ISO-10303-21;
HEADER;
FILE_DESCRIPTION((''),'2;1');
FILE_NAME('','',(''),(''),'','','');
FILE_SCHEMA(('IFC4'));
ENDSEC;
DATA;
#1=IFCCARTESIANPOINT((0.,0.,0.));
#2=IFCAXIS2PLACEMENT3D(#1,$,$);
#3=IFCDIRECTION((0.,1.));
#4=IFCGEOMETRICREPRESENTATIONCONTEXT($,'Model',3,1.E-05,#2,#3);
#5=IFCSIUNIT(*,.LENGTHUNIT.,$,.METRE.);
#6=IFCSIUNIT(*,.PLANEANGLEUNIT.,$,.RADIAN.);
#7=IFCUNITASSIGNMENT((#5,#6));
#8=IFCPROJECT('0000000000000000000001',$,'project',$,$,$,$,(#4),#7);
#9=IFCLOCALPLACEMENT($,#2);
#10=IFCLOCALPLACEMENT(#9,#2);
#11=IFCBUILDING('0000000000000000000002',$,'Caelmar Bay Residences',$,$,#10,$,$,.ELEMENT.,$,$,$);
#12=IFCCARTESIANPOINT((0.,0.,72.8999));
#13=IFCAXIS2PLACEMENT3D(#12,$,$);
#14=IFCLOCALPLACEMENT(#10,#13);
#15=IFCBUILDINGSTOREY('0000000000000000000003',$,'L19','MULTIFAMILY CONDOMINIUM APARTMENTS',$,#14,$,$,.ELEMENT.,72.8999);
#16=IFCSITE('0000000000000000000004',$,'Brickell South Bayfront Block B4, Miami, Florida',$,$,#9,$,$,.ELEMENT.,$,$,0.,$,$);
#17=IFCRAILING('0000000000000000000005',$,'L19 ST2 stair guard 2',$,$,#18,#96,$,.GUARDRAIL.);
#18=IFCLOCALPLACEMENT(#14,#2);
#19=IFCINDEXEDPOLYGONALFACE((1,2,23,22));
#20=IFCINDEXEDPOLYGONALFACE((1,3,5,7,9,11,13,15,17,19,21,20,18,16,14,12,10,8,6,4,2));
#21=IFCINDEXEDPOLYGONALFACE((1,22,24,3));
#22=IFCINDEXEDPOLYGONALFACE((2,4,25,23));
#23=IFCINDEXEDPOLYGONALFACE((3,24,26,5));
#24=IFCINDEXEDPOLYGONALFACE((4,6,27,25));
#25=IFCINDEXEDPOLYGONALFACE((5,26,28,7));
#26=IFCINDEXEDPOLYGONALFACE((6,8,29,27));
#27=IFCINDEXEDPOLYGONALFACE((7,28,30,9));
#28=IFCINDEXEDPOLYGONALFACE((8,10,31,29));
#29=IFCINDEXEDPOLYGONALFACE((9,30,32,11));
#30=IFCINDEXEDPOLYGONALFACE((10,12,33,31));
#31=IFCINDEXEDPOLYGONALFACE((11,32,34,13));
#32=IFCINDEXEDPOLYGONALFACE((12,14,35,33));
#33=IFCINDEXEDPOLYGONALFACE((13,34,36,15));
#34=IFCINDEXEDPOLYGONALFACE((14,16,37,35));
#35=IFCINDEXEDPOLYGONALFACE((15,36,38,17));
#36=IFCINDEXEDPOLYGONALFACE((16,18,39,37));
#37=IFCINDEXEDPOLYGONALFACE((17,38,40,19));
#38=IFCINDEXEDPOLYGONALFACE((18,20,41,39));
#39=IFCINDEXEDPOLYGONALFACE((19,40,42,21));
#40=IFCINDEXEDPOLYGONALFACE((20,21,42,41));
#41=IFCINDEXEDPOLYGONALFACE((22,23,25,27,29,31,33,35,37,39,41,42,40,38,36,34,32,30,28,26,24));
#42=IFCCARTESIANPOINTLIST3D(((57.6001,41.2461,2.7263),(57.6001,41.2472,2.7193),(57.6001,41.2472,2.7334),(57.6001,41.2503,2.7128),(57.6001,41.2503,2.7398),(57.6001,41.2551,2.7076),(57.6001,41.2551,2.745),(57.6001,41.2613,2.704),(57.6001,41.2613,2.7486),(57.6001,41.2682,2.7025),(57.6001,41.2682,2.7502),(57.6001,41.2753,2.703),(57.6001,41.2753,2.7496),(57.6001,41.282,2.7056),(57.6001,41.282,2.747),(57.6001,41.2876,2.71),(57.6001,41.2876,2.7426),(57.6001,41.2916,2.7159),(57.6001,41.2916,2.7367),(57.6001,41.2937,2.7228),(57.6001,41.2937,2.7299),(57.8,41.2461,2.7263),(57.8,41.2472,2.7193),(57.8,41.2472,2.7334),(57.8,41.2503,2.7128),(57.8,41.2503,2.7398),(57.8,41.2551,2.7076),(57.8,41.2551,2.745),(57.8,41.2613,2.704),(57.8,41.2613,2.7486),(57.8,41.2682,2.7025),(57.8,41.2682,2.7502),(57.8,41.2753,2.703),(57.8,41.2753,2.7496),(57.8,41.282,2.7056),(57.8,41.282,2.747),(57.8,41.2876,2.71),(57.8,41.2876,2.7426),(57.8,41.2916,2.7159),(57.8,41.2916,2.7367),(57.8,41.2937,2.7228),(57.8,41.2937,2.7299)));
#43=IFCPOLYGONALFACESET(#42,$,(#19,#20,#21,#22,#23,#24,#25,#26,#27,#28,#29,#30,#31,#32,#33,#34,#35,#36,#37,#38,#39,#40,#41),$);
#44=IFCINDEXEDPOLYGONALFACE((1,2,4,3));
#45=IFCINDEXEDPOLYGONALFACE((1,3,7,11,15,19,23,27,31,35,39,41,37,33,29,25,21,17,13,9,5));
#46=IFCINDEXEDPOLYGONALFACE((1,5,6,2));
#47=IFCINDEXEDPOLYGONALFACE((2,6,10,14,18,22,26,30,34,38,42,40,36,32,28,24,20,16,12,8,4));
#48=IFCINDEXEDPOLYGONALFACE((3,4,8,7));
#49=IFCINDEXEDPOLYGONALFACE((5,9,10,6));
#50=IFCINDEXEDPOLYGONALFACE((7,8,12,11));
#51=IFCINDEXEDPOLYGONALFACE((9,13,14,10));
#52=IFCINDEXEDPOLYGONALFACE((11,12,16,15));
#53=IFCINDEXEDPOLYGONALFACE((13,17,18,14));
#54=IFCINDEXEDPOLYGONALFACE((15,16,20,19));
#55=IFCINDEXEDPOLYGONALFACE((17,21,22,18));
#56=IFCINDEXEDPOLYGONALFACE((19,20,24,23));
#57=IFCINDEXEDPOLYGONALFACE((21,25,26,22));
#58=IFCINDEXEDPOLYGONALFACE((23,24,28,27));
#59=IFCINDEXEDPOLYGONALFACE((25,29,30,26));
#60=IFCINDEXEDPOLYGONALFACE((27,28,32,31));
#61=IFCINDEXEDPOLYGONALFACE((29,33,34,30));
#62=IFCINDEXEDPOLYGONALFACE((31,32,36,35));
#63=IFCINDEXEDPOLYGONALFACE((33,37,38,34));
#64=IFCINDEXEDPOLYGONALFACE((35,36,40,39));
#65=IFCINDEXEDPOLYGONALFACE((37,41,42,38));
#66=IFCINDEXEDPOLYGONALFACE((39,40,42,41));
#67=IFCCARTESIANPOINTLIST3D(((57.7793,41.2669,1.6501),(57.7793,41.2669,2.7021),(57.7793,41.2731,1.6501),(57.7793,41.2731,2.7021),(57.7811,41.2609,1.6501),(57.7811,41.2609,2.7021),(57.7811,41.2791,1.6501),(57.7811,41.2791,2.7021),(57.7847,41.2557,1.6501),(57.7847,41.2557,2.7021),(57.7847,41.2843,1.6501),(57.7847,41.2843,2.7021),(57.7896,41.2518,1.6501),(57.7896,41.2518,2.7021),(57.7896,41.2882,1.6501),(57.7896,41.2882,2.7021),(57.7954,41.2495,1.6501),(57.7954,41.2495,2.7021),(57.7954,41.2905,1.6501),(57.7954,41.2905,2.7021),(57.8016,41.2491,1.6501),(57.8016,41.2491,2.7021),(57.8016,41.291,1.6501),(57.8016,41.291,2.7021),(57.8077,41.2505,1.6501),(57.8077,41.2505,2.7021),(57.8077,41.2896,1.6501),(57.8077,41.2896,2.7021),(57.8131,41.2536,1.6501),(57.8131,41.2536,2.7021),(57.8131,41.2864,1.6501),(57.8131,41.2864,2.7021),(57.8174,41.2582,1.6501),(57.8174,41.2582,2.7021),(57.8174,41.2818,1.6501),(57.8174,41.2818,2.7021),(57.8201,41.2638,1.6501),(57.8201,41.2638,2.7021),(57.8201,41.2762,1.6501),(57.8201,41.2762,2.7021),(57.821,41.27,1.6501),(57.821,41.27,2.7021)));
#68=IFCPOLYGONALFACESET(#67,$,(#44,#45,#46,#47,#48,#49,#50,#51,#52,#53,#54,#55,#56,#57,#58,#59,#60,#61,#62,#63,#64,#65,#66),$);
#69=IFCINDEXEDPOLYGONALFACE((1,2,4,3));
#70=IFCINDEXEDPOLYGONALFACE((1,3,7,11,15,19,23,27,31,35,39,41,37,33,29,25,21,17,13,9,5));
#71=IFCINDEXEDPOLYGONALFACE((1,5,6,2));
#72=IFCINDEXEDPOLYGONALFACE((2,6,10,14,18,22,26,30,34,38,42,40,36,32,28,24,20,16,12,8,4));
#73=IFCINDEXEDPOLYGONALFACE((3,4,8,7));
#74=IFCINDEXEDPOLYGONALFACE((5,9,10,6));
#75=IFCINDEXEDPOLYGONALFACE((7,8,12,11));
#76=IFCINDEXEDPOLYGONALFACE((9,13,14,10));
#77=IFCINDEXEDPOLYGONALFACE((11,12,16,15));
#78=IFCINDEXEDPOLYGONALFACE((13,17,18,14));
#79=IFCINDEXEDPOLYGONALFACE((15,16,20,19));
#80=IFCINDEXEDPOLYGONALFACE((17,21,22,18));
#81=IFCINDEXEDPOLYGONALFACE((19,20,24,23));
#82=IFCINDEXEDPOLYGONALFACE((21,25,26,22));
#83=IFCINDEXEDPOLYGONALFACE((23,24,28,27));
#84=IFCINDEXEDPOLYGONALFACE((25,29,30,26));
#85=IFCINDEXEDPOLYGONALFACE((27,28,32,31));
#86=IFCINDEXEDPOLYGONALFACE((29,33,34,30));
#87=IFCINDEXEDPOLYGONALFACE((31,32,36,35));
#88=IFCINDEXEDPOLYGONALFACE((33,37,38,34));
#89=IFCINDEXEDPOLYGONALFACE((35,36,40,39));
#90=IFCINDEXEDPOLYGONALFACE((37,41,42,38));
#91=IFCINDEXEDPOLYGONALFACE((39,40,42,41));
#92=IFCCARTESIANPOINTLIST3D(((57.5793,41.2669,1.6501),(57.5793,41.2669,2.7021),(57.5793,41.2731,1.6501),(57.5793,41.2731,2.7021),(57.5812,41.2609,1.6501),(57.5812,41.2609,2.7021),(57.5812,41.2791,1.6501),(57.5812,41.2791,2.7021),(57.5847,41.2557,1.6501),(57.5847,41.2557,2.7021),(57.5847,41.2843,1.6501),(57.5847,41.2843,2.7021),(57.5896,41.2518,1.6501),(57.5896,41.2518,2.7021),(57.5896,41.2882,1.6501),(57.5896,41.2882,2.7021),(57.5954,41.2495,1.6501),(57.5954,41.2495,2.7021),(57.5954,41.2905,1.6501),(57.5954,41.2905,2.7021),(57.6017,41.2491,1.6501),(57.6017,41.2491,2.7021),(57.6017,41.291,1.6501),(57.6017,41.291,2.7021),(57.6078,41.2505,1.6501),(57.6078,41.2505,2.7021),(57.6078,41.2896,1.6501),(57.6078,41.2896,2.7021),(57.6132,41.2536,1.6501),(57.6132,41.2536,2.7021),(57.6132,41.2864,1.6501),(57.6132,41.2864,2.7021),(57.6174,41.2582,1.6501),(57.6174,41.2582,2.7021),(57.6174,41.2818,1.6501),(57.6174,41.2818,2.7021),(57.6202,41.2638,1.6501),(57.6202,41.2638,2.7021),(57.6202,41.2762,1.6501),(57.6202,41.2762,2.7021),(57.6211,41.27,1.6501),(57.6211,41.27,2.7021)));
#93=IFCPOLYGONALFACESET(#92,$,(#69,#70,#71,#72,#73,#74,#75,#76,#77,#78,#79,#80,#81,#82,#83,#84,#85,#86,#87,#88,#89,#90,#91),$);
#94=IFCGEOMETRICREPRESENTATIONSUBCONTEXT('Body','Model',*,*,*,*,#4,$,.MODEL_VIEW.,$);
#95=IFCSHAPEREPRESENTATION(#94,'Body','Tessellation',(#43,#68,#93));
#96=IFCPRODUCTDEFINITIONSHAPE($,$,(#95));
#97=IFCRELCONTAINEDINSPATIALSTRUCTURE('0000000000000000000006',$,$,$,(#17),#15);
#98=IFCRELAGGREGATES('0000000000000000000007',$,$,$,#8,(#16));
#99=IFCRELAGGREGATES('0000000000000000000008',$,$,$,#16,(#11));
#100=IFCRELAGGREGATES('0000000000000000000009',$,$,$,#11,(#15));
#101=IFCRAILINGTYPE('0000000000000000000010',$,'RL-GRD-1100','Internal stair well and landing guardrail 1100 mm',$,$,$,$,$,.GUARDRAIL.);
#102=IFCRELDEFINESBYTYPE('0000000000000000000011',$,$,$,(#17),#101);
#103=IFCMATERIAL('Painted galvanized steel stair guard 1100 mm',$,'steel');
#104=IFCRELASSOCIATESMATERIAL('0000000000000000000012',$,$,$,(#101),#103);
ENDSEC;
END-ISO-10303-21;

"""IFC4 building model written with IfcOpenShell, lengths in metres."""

from ifc_helpers import new_model, si_unit, direction, frame, origin, origin_2d, place, context, subcontext, project, spatial, circle, extrude, material, type_object, element, save


model = new_model("IFC4")

# Units and contexts
model_context = context("Model", 3, precision=1e-05, world=origin(), true_north=direction((0.0, 1.0)))
body_context = subcontext(model_context, "Body", "Model", "MODEL_VIEW")
ifc_project = project(units=[si_unit("LENGTHUNIT", "METRE"), si_unit("PLANEANGLEUNIT", "RADIAN")], contexts=[model_context])

# Site, building, storey
site_placement = place(None, origin())
site = spatial("IfcSite", under=ifc_project, at=site_placement, Name="Brickell South Bayfront Block B4, Miami, Florida", CompositionType="ELEMENT", RefElevation=0.0)
building_placement = place(site_placement, origin())
building = spatial("IfcBuilding", under=site, at=building_placement, Name="Caelmar Bay Residences", CompositionType="ELEMENT")
storey_placement = place(building_placement, frame((0.0, 0.0, 72.8999)))
storey = spatial("IfcBuildingStorey", under=building, at=storey_placement, Name="L19", Description="MULTIFAMILY CONDOMINIUM APARTMENTS", CompositionType="ELEMENT", Elevation=72.8999)

# Railing
ifc_material_1 = material(Name="Painted galvanized steel stair guard 1100 mm", Category="steel")
railing_type_1 = type_object("IfcRailingType", Name="RL-GRD-1100", Description="Internal stair well and landing guardrail 1100 mm", PredefinedType="GUARDRAIL", material=ifc_material_1)
railing_1_placement = place(storey_placement, frame((57.8, 41.27, 1.6501)))
element("IfcRailing", 1, at=railing_1_placement, inside=storey, type_object=railing_type_1, Name="L19 ST2 stair guard 2", PredefinedType="GUARDRAIL", context=body_context, shape_type="SweptSolid", body=[
    extrude(circle(Radius=0.0239, at=origin_2d()), frame((0.0, 0.0, 1.0762), z_axis=(-1.0, 0.0, 0.0), x_axis=(0.0, -1.0, 0.0)), (0.0, 0.0, 1.0), 0.2),
    extrude(circle(Radius=0.021, at=origin_2d()), origin(), (0.0, 0.0, 1.0), 1.052),
    extrude(circle(Radius=0.021, at=origin_2d()), frame((-0.2, 0.0, 0.0)), (0.0, 0.0, 1.0), 1.052),
])

save(model, "model.ifc")
